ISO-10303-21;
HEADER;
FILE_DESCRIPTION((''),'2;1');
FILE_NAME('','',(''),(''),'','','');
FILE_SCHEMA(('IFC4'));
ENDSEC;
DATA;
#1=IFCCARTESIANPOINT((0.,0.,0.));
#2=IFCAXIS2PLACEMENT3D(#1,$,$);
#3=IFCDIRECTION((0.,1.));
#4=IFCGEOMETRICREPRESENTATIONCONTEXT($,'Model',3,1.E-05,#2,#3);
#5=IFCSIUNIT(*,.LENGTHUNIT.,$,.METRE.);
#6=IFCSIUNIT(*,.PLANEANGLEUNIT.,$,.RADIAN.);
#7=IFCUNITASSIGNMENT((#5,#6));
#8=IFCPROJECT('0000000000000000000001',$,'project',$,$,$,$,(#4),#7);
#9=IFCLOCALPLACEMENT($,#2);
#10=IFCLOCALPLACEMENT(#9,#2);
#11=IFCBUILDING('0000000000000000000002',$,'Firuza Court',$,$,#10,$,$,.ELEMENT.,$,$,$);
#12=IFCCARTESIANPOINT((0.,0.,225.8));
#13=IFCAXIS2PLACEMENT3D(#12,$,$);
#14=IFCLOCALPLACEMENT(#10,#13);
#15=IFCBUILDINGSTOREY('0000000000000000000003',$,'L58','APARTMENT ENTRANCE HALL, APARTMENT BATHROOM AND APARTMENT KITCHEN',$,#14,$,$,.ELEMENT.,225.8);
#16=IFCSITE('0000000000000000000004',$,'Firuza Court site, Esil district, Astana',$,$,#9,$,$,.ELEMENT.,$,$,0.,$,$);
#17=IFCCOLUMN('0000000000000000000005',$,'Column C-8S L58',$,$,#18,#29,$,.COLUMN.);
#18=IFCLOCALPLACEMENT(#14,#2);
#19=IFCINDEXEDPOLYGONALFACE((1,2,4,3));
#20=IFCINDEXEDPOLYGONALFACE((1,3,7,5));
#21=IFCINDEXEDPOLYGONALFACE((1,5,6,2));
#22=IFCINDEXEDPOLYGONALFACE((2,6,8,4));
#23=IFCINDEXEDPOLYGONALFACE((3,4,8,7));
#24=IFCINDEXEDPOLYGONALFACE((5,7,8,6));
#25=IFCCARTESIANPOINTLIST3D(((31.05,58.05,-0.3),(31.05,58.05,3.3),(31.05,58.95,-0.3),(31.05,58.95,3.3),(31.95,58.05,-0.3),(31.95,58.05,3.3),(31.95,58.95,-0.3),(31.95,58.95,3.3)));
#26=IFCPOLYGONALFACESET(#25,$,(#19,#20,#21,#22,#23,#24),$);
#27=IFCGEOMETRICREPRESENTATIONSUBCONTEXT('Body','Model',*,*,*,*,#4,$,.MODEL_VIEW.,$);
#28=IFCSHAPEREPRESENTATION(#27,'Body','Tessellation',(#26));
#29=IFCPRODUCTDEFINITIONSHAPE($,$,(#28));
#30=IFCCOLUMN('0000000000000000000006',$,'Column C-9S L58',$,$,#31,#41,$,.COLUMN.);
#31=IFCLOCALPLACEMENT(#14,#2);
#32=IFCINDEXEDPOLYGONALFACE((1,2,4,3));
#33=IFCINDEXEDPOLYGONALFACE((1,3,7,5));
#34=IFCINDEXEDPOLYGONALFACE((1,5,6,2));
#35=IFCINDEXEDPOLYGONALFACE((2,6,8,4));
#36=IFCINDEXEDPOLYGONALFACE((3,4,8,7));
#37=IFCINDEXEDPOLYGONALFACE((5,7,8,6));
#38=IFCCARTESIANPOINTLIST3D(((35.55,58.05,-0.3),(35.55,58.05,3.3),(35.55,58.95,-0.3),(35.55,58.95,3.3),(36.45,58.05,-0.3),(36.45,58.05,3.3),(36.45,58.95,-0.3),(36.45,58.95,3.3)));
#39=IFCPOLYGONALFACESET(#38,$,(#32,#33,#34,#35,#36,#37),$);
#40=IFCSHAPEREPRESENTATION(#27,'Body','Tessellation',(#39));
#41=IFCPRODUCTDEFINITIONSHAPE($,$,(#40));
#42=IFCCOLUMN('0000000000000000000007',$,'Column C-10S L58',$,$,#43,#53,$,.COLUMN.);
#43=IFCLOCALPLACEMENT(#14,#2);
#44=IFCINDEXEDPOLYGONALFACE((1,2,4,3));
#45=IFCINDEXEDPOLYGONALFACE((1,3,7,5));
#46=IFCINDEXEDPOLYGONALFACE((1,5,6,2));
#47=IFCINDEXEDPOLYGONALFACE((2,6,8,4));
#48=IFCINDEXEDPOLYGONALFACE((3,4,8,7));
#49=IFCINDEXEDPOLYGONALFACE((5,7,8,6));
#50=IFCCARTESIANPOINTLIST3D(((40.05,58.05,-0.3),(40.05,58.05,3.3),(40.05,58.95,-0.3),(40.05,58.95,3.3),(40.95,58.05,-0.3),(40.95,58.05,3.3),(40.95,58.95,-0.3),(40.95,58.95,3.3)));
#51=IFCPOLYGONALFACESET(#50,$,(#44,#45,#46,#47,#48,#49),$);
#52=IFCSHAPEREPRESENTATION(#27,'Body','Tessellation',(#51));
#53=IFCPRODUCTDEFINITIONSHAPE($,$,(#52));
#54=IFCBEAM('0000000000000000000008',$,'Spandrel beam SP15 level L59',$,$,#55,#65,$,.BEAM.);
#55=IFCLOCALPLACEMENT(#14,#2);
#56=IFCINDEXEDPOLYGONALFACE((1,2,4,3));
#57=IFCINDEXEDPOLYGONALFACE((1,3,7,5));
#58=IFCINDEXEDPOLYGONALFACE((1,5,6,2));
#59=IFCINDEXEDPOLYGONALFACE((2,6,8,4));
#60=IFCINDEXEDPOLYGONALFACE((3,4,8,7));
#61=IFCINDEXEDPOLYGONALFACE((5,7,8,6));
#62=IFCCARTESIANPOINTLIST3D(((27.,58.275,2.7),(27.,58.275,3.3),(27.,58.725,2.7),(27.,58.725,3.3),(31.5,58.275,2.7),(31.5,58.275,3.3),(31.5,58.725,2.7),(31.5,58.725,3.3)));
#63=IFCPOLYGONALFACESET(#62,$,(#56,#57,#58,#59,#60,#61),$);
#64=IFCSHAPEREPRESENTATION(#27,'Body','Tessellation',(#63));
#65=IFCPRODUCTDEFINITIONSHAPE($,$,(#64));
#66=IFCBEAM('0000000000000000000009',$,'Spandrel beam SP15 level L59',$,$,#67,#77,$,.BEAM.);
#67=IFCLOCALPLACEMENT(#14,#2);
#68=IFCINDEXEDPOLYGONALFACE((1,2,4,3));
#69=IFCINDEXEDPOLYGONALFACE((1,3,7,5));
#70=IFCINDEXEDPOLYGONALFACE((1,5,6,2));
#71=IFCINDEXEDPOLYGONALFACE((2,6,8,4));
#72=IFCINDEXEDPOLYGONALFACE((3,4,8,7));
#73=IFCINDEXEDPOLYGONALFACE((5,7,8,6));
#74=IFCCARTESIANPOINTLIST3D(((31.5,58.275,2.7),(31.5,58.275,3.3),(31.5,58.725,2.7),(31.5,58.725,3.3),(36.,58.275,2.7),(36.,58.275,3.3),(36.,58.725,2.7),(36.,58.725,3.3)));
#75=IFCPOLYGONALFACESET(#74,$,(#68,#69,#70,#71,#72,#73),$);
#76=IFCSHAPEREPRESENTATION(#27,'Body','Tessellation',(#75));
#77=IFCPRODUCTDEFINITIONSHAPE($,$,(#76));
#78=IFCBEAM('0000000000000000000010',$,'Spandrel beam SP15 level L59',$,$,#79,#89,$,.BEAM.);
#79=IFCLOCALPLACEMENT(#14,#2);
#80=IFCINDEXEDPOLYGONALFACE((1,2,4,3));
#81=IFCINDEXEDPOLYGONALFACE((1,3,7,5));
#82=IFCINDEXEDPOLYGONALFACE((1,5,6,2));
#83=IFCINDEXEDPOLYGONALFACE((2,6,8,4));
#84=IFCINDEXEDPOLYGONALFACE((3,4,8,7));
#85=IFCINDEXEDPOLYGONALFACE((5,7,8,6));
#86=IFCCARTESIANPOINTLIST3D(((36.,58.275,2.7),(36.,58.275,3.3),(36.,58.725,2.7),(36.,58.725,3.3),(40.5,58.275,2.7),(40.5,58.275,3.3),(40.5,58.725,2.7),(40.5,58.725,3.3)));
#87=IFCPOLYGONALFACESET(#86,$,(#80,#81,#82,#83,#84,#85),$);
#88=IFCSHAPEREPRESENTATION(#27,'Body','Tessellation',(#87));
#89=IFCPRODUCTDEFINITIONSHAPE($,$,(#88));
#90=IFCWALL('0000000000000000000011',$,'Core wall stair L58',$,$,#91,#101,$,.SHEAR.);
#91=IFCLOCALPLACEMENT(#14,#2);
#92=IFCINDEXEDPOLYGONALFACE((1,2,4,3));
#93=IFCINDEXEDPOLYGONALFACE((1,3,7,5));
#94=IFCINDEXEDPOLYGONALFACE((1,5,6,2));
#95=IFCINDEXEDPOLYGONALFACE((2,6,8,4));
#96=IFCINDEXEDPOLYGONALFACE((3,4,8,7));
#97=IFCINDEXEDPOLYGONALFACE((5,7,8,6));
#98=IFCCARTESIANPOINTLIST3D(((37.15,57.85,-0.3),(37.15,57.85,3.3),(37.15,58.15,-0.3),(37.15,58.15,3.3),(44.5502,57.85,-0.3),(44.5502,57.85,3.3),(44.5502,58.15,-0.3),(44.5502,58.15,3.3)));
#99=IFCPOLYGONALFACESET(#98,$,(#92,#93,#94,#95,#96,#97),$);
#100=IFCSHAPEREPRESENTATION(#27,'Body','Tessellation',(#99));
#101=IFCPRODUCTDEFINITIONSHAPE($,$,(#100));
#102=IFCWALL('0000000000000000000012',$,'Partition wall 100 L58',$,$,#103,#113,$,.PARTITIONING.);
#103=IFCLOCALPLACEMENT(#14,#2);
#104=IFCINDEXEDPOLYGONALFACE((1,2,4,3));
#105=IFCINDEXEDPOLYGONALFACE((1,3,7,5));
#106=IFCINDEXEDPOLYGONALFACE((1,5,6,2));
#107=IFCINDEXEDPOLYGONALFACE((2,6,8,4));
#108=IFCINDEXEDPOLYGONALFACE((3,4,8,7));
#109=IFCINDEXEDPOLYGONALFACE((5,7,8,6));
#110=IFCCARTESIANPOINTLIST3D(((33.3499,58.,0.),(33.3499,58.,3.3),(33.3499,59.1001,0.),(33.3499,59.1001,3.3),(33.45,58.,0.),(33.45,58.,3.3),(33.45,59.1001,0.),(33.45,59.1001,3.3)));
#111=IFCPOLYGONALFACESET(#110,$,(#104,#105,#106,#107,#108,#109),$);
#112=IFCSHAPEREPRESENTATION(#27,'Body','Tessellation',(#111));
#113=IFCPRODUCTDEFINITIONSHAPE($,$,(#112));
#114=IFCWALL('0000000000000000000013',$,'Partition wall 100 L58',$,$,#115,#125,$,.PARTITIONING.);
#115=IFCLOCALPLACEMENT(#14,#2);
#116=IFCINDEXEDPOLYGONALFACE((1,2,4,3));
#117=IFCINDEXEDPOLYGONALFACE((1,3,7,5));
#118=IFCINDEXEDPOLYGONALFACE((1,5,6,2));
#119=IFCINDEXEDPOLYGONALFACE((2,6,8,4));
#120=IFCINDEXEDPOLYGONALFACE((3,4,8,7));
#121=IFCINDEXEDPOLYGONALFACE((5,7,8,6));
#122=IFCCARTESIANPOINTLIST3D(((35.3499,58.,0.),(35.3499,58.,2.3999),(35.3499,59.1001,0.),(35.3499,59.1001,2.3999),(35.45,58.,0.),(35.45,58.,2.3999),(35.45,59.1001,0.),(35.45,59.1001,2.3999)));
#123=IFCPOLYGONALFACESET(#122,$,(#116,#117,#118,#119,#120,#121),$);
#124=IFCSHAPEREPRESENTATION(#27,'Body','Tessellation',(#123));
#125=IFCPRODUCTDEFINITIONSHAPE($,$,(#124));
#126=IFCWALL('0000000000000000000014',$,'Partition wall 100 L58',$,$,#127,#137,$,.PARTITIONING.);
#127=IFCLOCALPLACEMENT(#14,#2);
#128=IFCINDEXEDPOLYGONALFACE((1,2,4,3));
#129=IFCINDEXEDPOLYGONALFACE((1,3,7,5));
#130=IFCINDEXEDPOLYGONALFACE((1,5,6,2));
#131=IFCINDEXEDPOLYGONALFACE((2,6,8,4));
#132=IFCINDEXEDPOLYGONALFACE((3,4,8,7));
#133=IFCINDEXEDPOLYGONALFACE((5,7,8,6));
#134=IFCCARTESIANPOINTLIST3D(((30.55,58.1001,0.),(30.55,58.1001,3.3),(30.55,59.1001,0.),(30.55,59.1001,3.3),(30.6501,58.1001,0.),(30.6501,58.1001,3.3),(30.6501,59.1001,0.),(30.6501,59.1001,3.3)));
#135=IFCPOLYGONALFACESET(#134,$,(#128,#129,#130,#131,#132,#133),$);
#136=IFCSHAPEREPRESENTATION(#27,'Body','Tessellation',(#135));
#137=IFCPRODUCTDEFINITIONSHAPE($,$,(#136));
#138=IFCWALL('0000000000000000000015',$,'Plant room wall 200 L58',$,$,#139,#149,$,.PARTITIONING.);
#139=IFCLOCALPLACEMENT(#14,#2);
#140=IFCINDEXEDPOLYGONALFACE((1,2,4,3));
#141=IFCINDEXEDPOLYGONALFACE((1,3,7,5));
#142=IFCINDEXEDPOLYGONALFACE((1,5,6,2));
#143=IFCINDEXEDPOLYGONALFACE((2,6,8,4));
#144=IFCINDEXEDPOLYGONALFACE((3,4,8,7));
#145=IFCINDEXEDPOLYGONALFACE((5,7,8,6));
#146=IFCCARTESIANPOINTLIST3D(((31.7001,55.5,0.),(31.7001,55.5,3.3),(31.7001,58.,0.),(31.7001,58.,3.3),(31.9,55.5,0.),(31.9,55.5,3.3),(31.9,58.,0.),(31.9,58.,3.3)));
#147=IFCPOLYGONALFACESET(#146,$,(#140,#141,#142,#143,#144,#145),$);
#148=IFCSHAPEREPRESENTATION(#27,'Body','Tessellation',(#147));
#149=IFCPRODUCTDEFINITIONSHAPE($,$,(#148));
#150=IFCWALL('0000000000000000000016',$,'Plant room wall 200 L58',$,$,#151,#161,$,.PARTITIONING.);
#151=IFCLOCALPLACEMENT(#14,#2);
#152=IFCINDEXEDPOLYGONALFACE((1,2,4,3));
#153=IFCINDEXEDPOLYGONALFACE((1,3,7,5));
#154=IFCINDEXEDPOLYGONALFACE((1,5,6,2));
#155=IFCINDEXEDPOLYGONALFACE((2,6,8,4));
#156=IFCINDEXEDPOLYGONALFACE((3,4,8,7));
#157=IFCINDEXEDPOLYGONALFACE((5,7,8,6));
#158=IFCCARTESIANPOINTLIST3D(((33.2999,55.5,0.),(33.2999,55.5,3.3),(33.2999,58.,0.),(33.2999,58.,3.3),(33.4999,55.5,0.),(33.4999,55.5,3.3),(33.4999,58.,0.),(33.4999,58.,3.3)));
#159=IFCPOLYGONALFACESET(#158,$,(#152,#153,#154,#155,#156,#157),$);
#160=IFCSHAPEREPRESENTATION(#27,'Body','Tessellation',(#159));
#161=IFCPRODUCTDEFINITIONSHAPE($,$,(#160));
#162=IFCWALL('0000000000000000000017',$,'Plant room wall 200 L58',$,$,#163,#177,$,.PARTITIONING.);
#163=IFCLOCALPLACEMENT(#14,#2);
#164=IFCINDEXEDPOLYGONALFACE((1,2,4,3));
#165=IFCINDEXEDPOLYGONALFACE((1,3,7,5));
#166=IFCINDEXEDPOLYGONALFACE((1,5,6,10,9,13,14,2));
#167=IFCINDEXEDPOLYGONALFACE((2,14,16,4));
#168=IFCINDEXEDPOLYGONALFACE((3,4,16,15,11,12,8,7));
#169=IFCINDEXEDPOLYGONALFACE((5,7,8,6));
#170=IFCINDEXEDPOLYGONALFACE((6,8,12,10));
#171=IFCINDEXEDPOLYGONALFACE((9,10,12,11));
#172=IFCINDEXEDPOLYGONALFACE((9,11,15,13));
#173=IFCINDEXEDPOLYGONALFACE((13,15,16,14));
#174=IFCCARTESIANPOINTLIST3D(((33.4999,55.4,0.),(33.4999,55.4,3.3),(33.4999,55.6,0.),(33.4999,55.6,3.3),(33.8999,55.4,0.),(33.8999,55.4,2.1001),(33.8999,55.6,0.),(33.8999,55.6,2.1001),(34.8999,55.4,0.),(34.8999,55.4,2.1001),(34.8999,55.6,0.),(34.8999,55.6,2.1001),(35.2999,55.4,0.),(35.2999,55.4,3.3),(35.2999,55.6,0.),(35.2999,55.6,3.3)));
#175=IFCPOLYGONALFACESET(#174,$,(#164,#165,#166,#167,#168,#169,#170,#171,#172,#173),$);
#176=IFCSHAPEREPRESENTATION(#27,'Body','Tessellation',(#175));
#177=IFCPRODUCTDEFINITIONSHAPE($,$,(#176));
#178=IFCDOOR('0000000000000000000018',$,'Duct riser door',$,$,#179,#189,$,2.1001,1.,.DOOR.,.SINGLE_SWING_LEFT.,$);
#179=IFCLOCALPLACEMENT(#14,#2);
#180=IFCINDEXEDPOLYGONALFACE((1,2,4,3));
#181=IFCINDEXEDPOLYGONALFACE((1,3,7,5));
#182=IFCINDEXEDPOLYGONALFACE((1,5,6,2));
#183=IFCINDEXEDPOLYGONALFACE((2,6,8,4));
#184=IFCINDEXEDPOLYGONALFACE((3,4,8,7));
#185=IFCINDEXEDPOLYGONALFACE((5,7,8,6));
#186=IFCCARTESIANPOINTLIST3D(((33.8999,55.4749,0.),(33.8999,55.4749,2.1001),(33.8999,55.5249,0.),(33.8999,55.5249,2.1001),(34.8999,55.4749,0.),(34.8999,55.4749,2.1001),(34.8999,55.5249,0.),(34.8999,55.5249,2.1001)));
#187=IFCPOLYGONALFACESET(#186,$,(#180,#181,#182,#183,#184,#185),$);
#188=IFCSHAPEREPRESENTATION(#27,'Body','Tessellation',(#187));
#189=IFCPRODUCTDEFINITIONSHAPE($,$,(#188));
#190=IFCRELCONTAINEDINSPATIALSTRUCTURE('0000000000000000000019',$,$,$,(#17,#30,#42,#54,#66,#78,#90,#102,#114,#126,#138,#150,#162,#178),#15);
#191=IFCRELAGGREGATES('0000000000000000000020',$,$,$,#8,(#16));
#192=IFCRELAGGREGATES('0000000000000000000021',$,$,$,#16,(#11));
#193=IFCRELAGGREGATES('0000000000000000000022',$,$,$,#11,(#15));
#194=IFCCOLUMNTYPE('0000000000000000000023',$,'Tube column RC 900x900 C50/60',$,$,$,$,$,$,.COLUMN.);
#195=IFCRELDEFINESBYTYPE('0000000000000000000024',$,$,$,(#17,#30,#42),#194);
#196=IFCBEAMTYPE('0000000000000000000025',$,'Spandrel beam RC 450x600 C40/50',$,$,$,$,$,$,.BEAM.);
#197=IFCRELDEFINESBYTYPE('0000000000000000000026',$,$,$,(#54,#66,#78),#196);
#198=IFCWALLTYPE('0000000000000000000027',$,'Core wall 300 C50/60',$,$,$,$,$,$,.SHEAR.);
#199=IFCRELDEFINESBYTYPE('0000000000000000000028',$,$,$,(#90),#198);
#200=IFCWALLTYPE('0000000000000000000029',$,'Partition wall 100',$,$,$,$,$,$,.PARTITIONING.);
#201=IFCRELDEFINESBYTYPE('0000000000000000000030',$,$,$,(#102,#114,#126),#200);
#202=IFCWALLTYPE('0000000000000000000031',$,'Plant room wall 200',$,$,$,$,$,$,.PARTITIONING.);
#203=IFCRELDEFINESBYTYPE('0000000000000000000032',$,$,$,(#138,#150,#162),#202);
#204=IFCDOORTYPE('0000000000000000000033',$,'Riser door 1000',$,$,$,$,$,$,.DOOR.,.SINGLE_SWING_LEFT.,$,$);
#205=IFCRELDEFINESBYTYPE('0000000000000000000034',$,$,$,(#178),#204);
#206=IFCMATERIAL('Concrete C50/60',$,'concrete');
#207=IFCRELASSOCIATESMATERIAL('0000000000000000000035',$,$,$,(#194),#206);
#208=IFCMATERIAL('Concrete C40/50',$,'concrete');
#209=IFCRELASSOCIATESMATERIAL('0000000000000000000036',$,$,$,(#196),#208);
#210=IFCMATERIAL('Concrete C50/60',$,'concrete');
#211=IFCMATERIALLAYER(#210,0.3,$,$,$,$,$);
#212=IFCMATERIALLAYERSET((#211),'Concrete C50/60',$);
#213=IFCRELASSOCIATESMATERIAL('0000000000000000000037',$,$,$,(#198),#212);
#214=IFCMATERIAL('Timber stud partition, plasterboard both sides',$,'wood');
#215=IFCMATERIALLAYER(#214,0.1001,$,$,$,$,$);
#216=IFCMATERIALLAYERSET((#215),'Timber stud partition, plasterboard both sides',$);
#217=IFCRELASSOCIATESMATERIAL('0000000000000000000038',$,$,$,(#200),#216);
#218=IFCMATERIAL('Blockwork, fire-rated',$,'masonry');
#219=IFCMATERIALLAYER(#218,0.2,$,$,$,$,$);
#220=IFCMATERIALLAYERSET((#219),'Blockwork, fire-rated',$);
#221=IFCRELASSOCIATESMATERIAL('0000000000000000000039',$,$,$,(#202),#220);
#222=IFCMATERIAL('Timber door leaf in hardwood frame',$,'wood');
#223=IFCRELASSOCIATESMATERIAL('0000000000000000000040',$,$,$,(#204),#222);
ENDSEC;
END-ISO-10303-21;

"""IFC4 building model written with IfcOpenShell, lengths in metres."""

from ifc_helpers import new_model, si_unit, direction, frame, frame_2d, origin, origin_2d, place, context, subcontext, project, spatial, rectangle, extrude, material, layer, layer_set, material_profile, profile_set, type_object, element, fill, save


model = new_model("IFC4")

# Units and contexts
model_context = context("Model", 3, precision=1e-05, world=origin(), true_north=direction((0.0, 1.0)))
body_context = subcontext(model_context, "Body", "Model", "MODEL_VIEW")
ifc_project = project(units=[si_unit("LENGTHUNIT", "METRE"), si_unit("PLANEANGLEUNIT", "RADIAN")], contexts=[model_context])

# Site, building, storey
site_placement = place(None, origin())
site = spatial("IfcSite", under=ifc_project, at=site_placement, Name="Firuza Court site, Esil district, Astana", CompositionType="ELEMENT", RefElevation=0.0)
building_placement = place(site_placement, origin())
building = spatial("IfcBuilding", under=site, at=building_placement, Name="Firuza Court", CompositionType="ELEMENT")
storey_placement = place(building_placement, frame((0.0, 0.0, 225.8)))
storey = spatial("IfcBuildingStorey", under=building, at=storey_placement, Name="L58", Description="APARTMENT ENTRANCE HALL, APARTMENT BATHROOM AND APARTMENT KITCHEN", CompositionType="ELEMENT", Elevation=225.8)

# Columns
ifc_material_1 = material(Name="Concrete C50/60", Category="concrete")
ifc_material_profile_1 = material_profile(ifc_material_1, rectangle(XDim=0.8999, YDim=0.8999, at=origin_2d()), Name="RC 900x900")
ifc_profile_set_1 = profile_set([ifc_material_profile_1], Name="Concrete C50/60")
column_type = type_object("IfcColumnType", Name="Tube column RC 900x900 C50/60", PredefinedType="COLUMN", material=ifc_profile_set_1)
for number, where, z_axis, x_axis, name in (
    (1, (31.5, 58.5, -0.3), (0.0, 0.0, 1.0), (1.0, 0.0, 0.0), "Column C-8S L58"),
    (2, (36.0, 58.5, -0.3), (0.0, 0.0, 1.0), (1.0, 0.0, 0.0), "Column C-9S L58"),
    (3, (40.5, 58.5, -0.3), (0.0, 0.0, 1.0), (1.0, 0.0, 0.0), "Column C-10S L58"),
):
    element("IfcColumn", number, at=place(storey_placement, frame(where, z_axis=z_axis, x_axis=x_axis)), inside=storey, type_object=column_type, Name=name, PredefinedType="COLUMN", context=body_context, shape_type="SweptSolid", body=[
        extrude(rectangle(XDim=0.8999, YDim=0.8999, at=origin_2d()), origin(), (0.0, 0.0, 1.0), 3.6001),
    ])

# Beams
ifc_material_2 = material(Name="Concrete C40/50", Category="concrete")
ifc_material_profile_2 = material_profile(ifc_material_2, rectangle(XDim=0.45, YDim=0.6001, at=origin_2d()), Name="RC 450x600")
ifc_profile_set_2 = profile_set([ifc_material_profile_2], Name="Concrete C40/50")
beam_type = type_object("IfcBeamType", Name="Spandrel beam RC 450x600 C40/50", PredefinedType="BEAM", material=ifc_profile_set_2)
for number, where, z_axis, x_axis, name in (
    (4, (31.5, 58.5, 3.0), (-1.0, 0.0, 0.0), (0.0, -1.0, 0.0), "Spandrel beam SP15 level L59"),
    (5, (36.0, 58.5, 3.0), (-1.0, 0.0, 0.0), (0.0, -1.0, 0.0), "Spandrel beam SP15 level L59"),
    (6, (40.5, 58.5, 3.0), (-1.0, 0.0, 0.0), (0.0, -1.0, 0.0), "Spandrel beam SP15 level L59"),
):
    element("IfcBeam", number, at=place(storey_placement, frame(where, z_axis=z_axis, x_axis=x_axis)), inside=storey, type_object=beam_type, Name=name, PredefinedType="BEAM", context=body_context, shape_type="SweptSolid", body=[
        extrude(rectangle(XDim=0.45, YDim=0.6001, at=origin_2d()), origin(), (0.0, 0.0, 1.0), 4.5),
    ])

# Walls
ifc_material_3 = material(Name="Concrete C50/60", Category="concrete")
ifc_layer_1 = layer(ifc_material_3, 0.3)
ifc_layer_set_1 = layer_set([ifc_layer_1], Name="Concrete C50/60")
wall_type_1 = type_object("IfcWallType", Name="Core wall 300 C50/60", PredefinedType="SHEAR", material=ifc_layer_set_1)
wall_1_placement = place(storey_placement, frame((37.1499, 58.0, -0.3), z_axis=(0.0, 0.0, 1.0), x_axis=(1.0, 0.0, 0.0)))
element("IfcWall", 7, at=wall_1_placement, inside=storey, type_object=wall_type_1, Name="Core wall stair L58", PredefinedType="SHEAR", context=body_context, shape_type="SweptSolid", body=[
    extrude(rectangle(XDim=7.4001, YDim=0.3, at=frame_2d((3.7002, 0.0))), origin(), (0.0, 0.0, 1.0), 3.6001),
])
ifc_material_4 = material(Name="Timber stud partition, plasterboard both sides", Category="wood")
ifc_layer_2 = layer(ifc_material_4, 0.1001)
ifc_layer_set_2 = layer_set([ifc_layer_2], Name="Timber stud partition, plasterboard both sides")
wall_type_2 = type_object("IfcWallType", Name="Partition wall 100", PredefinedType="PARTITIONING", material=ifc_layer_set_2)
wall_2_placement = place(storey_placement, frame((33.3999, 58.0, 0.0), z_axis=(0.0, 0.0, 1.0), x_axis=(0.0, 1.0, 0.0)))
element("IfcWall", 8, at=wall_2_placement, inside=storey, type_object=wall_type_2, Name="Partition wall 100 L58", PredefinedType="PARTITIONING", context=body_context, shape_type="SweptSolid", body=[
    extrude(rectangle(XDim=1.1001, YDim=0.1001, at=frame_2d((0.55, 0.0))), origin(), (0.0, 0.0, 1.0), 3.3),
])
wall_3_placement = place(storey_placement, frame((35.3999, 58.0, 0.0), z_axis=(0.0, 0.0, 1.0), x_axis=(0.0, 1.0, 0.0)))
element("IfcWall", 9, at=wall_3_placement, inside=storey, type_object=wall_type_2, Name="Partition wall 100 L58", PredefinedType="PARTITIONING", context=body_context, shape_type="SweptSolid", body=[
    extrude(rectangle(XDim=1.1001, YDim=0.1001, at=frame_2d((0.55, 0.0))), origin(), (0.0, 0.0, 1.0), 2.3999),
])
wall_4_placement = place(storey_placement, frame((30.6001, 58.1001, 0.0), z_axis=(0.0, 0.0, 1.0), x_axis=(0.0, 1.0, 0.0)))
element("IfcWall", 10, at=wall_4_placement, inside=storey, type_object=wall_type_2, Name="Partition wall 100 L58", PredefinedType="PARTITIONING", context=body_context, shape_type="SweptSolid", body=[
    extrude(rectangle(XDim=1.0, YDim=0.1001, at=frame_2d((0.5, 0.0))), origin(), (0.0, 0.0, 1.0), 3.3),
])
ifc_material_5 = material(Name="Blockwork, fire-rated", Category="masonry")
ifc_layer_3 = layer(ifc_material_5, 0.2)
ifc_layer_set_3 = layer_set([ifc_layer_3], Name="Blockwork, fire-rated")
wall_type_3 = type_object("IfcWallType", Name="Plant room wall 200", PredefinedType="PARTITIONING", material=ifc_layer_set_3)
for number, where, z_axis, x_axis, name in (
    (11, (31.8, 55.5, 0.0), (0.0, 0.0, 1.0), (0.0, 1.0, 0.0), "Plant room wall 200 L58"),
    (12, (33.3999, 55.5, 0.0), (0.0, 0.0, 1.0), (0.0, 1.0, 0.0), "Plant room wall 200 L58"),
):
    element("IfcWall", number, at=place(storey_placement, frame(where, z_axis=z_axis, x_axis=x_axis)), inside=storey, type_object=wall_type_3, Name=name, PredefinedType="PARTITIONING", context=body_context, shape_type="SweptSolid", body=[
        extrude(rectangle(XDim=2.5, YDim=0.2, at=frame_2d((1.25, 0.0))), origin(), (0.0, 0.0, 1.0), 3.3),
    ])

# Wall, opening, door
wall_5_placement = place(storey_placement, frame((33.5, 55.5, 0.0), z_axis=(0.0, 0.0, 1.0), x_axis=(1.0, 0.0, 0.0)))
wall_5 = element("IfcWall", 13, at=wall_5_placement, inside=storey, type_object=wall_type_3, Name="Plant room wall 200 L58", PredefinedType="PARTITIONING", context=body_context, shape_type="SweptSolid", body=[
    extrude(rectangle(XDim=1.8, YDim=0.2, at=frame_2d((0.8999, 0.0))), origin(), (0.0, 0.0, 1.0), 3.3),
])
opening_placement = place(wall_5_placement, frame((0.3999, 0.0, 0.0)))
opening = element("IfcOpeningElement", 14, at=opening_placement, cuts=wall_5, PredefinedType="OPENING", context=body_context, shape_type="SweptSolid", body=[
    extrude(rectangle(XDim=1.0, YDim=2.1001, at=frame_2d((0.5, 1.05))), frame((0.0, 0.1118, 0.0), z_axis=(0.0, -1.0, 0.0), x_axis=(1.0, 0.0, 0.0)), (0.0, 0.0, 1.0), 0.2239),
])
ifc_material_6 = material(Name="Timber door leaf in hardwood frame", Category="wood")
door_type = type_object("IfcDoorType", Name="Riser door 1000", OperationType="SINGLE_SWING_LEFT", PredefinedType="DOOR", material=ifc_material_6)
door_placement = place(opening_placement, origin())
door = element("IfcDoor", 15, at=door_placement, inside=storey, type_object=door_type, Name="Duct riser door", OperationType="SINGLE_SWING_LEFT", OverallHeight=2.1001, OverallWidth=1.0, PredefinedType="DOOR", context=body_context, shape_type="SweptSolid", body=[
    extrude(rectangle(XDim=1.0, YDim=2.1001, at=frame_2d((0.5, 1.05))), frame((0.0, 0.0249, 0.0), z_axis=(0.0, -1.0, 0.0), x_axis=(1.0, 0.0, 0.0)), (0.0, 0.0, 1.0), 0.05),
])
fill(opening, door)

save(model, "model.ifc")
